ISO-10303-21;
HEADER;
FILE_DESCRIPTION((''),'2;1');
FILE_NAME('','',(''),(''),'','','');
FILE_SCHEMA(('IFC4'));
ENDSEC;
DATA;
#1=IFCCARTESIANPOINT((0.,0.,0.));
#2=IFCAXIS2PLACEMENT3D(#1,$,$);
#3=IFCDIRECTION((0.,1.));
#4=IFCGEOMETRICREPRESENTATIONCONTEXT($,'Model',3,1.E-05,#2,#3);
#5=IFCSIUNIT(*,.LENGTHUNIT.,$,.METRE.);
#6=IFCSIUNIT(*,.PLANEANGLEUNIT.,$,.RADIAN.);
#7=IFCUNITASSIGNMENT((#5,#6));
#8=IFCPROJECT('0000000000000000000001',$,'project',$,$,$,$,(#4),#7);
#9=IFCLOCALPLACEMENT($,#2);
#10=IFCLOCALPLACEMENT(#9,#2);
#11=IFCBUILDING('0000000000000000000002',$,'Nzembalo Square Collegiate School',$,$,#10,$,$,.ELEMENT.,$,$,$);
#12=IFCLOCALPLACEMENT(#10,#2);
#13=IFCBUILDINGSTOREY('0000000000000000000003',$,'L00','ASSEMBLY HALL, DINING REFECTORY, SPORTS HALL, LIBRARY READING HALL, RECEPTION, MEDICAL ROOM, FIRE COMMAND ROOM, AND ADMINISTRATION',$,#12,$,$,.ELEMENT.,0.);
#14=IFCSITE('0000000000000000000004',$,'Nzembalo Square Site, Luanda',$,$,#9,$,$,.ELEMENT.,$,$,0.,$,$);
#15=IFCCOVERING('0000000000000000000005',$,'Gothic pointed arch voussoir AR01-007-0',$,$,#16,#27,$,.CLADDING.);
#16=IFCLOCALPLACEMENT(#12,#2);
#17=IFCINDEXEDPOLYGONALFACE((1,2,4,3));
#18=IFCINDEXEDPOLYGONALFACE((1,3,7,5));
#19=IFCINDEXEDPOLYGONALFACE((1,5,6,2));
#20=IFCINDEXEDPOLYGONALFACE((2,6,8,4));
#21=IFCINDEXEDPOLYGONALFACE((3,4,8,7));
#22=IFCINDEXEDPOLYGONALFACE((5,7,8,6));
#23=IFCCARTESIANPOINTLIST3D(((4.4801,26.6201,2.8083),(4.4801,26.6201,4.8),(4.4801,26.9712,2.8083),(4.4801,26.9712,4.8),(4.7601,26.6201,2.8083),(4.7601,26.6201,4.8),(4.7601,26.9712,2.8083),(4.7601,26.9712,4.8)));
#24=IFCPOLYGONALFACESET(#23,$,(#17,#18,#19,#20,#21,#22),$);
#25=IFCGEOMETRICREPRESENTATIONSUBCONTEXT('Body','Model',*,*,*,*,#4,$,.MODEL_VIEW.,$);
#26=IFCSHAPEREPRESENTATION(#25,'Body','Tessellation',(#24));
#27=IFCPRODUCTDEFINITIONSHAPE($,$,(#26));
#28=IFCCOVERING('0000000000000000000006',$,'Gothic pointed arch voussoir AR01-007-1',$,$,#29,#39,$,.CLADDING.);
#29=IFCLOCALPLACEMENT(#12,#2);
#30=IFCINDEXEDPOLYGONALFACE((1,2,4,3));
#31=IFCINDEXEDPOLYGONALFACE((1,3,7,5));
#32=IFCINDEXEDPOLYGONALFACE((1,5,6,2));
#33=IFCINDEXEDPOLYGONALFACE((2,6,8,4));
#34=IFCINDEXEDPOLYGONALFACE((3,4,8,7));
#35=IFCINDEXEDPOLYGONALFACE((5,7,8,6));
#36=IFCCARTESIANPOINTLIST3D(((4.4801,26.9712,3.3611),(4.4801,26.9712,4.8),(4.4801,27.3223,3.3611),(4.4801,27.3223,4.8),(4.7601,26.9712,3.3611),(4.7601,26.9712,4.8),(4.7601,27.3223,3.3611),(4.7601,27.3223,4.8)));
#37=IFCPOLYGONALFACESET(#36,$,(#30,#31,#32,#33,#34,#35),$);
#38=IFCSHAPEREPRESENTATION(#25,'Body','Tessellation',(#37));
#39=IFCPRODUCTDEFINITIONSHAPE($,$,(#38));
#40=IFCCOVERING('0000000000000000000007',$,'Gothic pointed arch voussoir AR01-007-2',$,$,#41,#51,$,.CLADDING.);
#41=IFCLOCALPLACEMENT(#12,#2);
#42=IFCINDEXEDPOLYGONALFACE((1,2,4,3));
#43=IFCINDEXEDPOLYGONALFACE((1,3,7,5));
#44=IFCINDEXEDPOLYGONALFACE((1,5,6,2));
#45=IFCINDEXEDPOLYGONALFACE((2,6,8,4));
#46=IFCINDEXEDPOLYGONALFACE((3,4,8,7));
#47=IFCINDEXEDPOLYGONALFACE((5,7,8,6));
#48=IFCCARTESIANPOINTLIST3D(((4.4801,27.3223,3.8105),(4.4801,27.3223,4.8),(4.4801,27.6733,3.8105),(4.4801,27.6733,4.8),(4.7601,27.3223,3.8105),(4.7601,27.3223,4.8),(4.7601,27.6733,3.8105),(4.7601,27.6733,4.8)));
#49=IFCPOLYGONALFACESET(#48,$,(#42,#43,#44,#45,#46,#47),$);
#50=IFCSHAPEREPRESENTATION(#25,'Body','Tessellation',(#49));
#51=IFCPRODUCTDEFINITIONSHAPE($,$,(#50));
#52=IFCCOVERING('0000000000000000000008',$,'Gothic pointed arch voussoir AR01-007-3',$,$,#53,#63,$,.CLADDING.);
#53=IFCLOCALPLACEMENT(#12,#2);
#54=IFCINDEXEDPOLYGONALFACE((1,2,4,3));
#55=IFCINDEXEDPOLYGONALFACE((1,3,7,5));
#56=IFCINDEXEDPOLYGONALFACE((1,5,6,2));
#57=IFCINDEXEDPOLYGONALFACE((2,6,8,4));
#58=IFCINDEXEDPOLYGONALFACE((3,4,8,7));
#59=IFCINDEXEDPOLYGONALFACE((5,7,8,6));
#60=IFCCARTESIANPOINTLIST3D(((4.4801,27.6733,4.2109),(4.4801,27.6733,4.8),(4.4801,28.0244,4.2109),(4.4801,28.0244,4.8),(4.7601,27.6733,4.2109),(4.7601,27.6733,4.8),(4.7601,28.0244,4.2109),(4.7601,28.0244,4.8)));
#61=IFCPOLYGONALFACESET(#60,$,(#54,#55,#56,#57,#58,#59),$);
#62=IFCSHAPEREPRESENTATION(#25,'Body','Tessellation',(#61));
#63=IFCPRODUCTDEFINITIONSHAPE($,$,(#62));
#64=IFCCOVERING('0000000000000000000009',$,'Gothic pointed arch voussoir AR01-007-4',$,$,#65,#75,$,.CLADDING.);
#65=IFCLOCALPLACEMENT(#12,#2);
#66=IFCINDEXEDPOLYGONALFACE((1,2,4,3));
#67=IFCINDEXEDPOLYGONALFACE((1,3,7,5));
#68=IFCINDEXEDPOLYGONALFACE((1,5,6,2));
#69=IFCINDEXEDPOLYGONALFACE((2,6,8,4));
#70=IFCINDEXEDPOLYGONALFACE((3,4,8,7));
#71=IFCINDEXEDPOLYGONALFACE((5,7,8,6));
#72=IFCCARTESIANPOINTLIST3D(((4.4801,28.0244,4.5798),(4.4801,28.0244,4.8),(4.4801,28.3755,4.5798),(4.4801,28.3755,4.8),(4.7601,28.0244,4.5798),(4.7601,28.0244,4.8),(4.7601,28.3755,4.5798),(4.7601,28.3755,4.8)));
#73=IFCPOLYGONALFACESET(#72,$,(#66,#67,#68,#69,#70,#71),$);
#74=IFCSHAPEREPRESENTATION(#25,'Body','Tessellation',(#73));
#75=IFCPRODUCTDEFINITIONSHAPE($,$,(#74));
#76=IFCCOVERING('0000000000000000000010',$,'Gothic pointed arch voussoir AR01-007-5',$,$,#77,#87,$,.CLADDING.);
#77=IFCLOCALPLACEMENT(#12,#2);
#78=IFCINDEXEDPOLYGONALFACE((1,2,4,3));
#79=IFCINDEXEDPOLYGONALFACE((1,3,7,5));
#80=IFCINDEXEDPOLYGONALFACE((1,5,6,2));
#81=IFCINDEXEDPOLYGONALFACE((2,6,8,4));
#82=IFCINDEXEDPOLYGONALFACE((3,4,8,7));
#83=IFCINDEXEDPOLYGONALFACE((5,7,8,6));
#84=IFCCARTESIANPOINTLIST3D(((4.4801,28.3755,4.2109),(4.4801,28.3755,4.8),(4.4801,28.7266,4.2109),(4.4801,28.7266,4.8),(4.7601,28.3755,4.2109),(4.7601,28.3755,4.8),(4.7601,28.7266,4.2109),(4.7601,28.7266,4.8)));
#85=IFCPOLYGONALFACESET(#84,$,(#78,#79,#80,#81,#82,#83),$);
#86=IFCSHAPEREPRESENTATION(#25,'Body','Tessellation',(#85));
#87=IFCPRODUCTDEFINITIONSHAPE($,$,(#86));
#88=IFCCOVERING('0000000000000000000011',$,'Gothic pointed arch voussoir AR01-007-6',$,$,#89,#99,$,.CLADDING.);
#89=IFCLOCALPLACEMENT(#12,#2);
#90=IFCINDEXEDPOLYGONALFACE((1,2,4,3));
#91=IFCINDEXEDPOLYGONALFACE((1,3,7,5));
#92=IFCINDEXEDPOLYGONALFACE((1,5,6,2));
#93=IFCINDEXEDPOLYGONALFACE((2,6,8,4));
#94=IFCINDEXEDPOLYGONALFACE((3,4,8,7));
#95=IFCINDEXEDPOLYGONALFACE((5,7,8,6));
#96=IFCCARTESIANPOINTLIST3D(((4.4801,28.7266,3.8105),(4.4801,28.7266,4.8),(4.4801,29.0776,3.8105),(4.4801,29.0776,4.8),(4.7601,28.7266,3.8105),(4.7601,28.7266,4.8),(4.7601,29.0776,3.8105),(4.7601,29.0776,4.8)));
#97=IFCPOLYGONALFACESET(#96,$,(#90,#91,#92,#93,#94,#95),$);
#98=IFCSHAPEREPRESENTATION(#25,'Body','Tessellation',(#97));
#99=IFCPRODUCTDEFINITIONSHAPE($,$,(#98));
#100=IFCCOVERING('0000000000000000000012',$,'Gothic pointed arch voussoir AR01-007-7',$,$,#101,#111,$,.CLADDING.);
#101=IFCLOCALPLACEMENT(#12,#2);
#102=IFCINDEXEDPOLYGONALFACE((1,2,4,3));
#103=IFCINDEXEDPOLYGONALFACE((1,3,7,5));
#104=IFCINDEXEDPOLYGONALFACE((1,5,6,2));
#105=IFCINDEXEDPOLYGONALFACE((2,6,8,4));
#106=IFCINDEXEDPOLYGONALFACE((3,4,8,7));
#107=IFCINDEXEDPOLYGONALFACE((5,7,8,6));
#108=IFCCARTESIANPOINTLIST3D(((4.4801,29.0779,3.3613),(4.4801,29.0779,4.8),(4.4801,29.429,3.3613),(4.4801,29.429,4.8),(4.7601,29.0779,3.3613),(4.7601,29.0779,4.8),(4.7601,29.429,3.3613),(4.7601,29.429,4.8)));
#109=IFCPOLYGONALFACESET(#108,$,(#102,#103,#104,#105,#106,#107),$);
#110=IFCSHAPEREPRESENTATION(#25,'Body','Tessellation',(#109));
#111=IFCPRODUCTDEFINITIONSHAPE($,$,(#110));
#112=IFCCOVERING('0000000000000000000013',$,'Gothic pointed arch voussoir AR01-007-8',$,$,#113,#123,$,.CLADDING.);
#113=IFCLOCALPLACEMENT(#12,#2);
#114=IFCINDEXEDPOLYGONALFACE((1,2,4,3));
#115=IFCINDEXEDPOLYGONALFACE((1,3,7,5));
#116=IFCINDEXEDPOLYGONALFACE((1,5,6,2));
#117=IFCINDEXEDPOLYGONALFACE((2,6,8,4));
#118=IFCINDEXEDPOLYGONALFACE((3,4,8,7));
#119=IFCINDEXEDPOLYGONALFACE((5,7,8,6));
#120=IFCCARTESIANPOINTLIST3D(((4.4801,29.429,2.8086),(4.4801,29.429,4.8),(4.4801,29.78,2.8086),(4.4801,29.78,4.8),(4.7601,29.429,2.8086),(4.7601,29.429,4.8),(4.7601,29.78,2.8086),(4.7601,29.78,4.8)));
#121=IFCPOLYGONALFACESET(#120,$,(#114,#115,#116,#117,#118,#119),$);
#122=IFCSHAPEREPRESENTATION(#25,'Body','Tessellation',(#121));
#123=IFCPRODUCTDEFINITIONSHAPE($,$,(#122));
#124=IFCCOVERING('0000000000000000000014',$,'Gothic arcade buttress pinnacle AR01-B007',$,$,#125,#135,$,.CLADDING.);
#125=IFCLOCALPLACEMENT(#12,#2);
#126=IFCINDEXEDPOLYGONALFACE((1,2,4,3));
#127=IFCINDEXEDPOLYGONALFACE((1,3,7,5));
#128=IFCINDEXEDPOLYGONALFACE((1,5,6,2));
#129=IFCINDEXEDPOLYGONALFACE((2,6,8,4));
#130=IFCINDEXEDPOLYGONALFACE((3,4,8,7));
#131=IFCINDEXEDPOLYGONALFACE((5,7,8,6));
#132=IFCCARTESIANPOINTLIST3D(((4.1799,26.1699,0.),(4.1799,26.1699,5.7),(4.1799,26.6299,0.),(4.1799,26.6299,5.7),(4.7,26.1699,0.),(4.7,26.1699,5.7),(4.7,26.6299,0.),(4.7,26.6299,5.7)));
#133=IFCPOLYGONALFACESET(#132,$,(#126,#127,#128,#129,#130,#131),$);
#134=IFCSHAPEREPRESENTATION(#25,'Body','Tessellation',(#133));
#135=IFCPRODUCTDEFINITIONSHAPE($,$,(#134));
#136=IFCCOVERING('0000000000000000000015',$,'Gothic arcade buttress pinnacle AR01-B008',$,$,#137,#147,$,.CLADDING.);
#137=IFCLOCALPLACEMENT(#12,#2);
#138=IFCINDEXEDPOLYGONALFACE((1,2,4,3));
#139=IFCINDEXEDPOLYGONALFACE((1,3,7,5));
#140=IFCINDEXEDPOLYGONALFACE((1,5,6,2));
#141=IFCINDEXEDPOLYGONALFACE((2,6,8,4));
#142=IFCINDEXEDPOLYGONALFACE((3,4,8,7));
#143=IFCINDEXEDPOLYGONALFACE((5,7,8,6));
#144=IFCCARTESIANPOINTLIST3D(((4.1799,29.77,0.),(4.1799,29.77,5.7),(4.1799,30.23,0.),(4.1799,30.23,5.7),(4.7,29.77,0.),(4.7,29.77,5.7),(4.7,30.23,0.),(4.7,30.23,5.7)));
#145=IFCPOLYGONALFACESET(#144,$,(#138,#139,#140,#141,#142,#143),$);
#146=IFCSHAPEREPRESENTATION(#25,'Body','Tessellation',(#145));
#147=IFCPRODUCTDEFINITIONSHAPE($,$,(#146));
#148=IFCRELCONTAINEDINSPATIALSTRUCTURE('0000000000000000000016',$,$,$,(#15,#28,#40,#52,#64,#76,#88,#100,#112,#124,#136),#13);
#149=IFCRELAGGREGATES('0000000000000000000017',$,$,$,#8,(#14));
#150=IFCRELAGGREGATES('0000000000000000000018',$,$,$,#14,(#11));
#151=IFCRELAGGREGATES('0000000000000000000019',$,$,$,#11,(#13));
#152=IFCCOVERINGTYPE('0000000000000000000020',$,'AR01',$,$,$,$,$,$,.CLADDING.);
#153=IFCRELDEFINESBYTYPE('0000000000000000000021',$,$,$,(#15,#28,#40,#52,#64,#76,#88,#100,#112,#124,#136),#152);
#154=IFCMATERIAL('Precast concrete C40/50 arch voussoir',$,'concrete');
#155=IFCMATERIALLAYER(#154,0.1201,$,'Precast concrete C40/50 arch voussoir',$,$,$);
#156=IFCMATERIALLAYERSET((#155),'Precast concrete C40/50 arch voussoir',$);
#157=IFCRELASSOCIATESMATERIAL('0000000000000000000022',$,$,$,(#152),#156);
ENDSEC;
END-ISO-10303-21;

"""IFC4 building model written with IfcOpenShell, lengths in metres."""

from ifc_helpers import new_model, si_unit, direction, frame, origin, origin_2d, place, context, subcontext, project, spatial, rectangle, extrude, material, layer, layer_set, type_object, element, save


model = new_model("IFC4")

# Units and contexts
model_context = context("Model", 3, precision=1e-05, world=origin(), true_north=direction((0.0, 1.0)))
body_context = subcontext(model_context, "Body", "Model", "MODEL_VIEW")
ifc_project = project(units=[si_unit("LENGTHUNIT", "METRE"), si_unit("PLANEANGLEUNIT", "RADIAN")], contexts=[model_context])

# Site, building, storey
site_placement = place(None, origin())
site = spatial("IfcSite", under=ifc_project, at=site_placement, Name="Nzembalo Square Site, Luanda", CompositionType="ELEMENT", RefElevation=0.0)
building_placement = place(site_placement, origin())
building = spatial("IfcBuilding", under=site, at=building_placement, Name="Nzembalo Square Collegiate School", CompositionType="ELEMENT")
storey_placement = place(building_placement, origin())
storey = spatial("IfcBuildingStorey", under=building, at=storey_placement, Name="L00", Description="ASSEMBLY HALL, DINING REFECTORY, SPORTS HALL, LIBRARY READING HALL, RECEPTION, MEDICAL ROOM, FIRE COMMAND ROOM, AND ADMINISTRATION", CompositionType="ELEMENT", Elevation=0.0)

# Coverings
ifc_material_1 = material(Name="Precast concrete C40/50 arch voussoir", Category="concrete")
ifc_layer_1 = layer(ifc_material_1, 0.1201, Name="Precast concrete C40/50 arch voussoir")
ifc_layer_set_1 = layer_set([ifc_layer_1], Name="Precast concrete C40/50 arch voussoir")
covering_type = type_object("IfcCoveringType", Name="AR01", PredefinedType="CLADDING", material=ifc_layer_set_1)
covering_1_placement = place(storey_placement, frame((4.6201, 26.7957, 2.8083), z_axis=(0.0, 0.0, 1.0), x_axis=(1.0, 0.0, 0.0)))
element("IfcCovering", 1, at=covering_1_placement, inside=storey, type_object=covering_type, Name="Gothic pointed arch voussoir AR01-007-0", PredefinedType="CLADDING", context=body_context, shape_type="SweptSolid", body=[
    extrude(rectangle(XDim=0.28, YDim=0.3511, at=origin_2d()), origin(), (0.0, 0.0, 1.0), 1.9917),
])
covering_2_placement = place(storey_placement, frame((4.6201, 27.1467, 3.3611), z_axis=(0.0, 0.0, 1.0), x_axis=(1.0, 0.0, 0.0)))
element("IfcCovering", 2, at=covering_2_placement, inside=storey, type_object=covering_type, Name="Gothic pointed arch voussoir AR01-007-1", PredefinedType="CLADDING", context=body_context, shape_type="SweptSolid", body=[
    extrude(rectangle(XDim=0.28, YDim=0.3511, at=origin_2d()), origin(), (0.0, 0.0, 1.0), 1.439),
])
covering_3_placement = place(storey_placement, frame((4.6201, 27.4978, 3.8105), z_axis=(0.0, 0.0, 1.0), x_axis=(1.0, 0.0, 0.0)))
element("IfcCovering", 3, at=covering_3_placement, inside=storey, type_object=covering_type, Name="Gothic pointed arch voussoir AR01-007-2", PredefinedType="CLADDING", context=body_context, shape_type="SweptSolid", body=[
    extrude(rectangle(XDim=0.28, YDim=0.3511, at=origin_2d()), origin(), (0.0, 0.0, 1.0), 0.9895),
])
covering_4_placement = place(storey_placement, frame((4.6201, 27.8489, 4.2109), z_axis=(0.0, 0.0, 1.0), x_axis=(1.0, 0.0, 0.0)))
element("IfcCovering", 4, at=covering_4_placement, inside=storey, type_object=covering_type, Name="Gothic pointed arch voussoir AR01-007-3", PredefinedType="CLADDING", context=body_context, shape_type="SweptSolid", body=[
    extrude(rectangle(XDim=0.28, YDim=0.3511, at=origin_2d()), origin(), (0.0, 0.0, 1.0), 0.5891),
])
covering_5_placement = place(storey_placement, frame((4.6201, 28.2, 4.5798), z_axis=(0.0, 0.0, 1.0), x_axis=(1.0, 0.0, 0.0)))
element("IfcCovering", 5, at=covering_5_placement, inside=storey, type_object=covering_type, Name="Gothic pointed arch voussoir AR01-007-4", PredefinedType="CLADDING", context=body_context, shape_type="SweptSolid", body=[
    extrude(rectangle(XDim=0.28, YDim=0.3511, at=origin_2d()), origin(), (0.0, 0.0, 1.0), 0.2202),
])
covering_6_placement = place(storey_placement, frame((4.6201, 28.551, 4.2109), z_axis=(0.0, 0.0, 1.0), x_axis=(1.0, 0.0, 0.0)))
element("IfcCovering", 6, at=covering_6_placement, inside=storey, type_object=covering_type, Name="Gothic pointed arch voussoir AR01-007-5", PredefinedType="CLADDING", context=body_context, shape_type="SweptSolid", body=[
    extrude(rectangle(XDim=0.28, YDim=0.3511, at=origin_2d()), origin(), (0.0, 0.0, 1.0), 0.5891),
])
covering_7_placement = place(storey_placement, frame((4.6201, 28.9021, 3.8105), z_axis=(0.0, 0.0, 1.0), x_axis=(1.0, 0.0, 0.0)))
element("IfcCovering", 7, at=covering_7_placement, inside=storey, type_object=covering_type, Name="Gothic pointed arch voussoir AR01-007-6", PredefinedType="CLADDING", context=body_context, shape_type="SweptSolid", body=[
    extrude(rectangle(XDim=0.28, YDim=0.3511, at=origin_2d()), origin(), (0.0, 0.0, 1.0), 0.9895),
])
covering_8_placement = place(storey_placement, frame((4.6201, 29.2534, 3.3613), z_axis=(0.0, 0.0, 1.0), x_axis=(1.0, 0.0, 0.0)))
element("IfcCovering", 8, at=covering_8_placement, inside=storey, type_object=covering_type, Name="Gothic pointed arch voussoir AR01-007-7", PredefinedType="CLADDING", context=body_context, shape_type="SweptSolid", body=[
    extrude(rectangle(XDim=0.28, YDim=0.3511, at=origin_2d()), origin(), (0.0, 0.0, 1.0), 1.4387),
])
covering_9_placement = place(storey_placement, frame((4.6201, 29.6045, 2.8086), z_axis=(0.0, 0.0, 1.0), x_axis=(1.0, 0.0, 0.0)))
element("IfcCovering", 9, at=covering_9_placement, inside=storey, type_object=covering_type, Name="Gothic pointed arch voussoir AR01-007-8", PredefinedType="CLADDING", context=body_context, shape_type="SweptSolid", body=[
    extrude(rectangle(XDim=0.28, YDim=0.3511, at=origin_2d()), origin(), (0.0, 0.0, 1.0), 1.9915),
])
for number, where, z_axis, x_axis, name in (
    (10, (4.4399, 26.3999, 0.0), (0.0, 0.0, 1.0), (1.0, 0.0, 0.0), "Gothic arcade buttress pinnacle AR01-B007"),
    (11, (4.4399, 30.0, 0.0), (0.0, 0.0, 1.0), (1.0, 0.0, 0.0), "Gothic arcade buttress pinnacle AR01-B008"),
):
    element("IfcCovering", number, at=place(storey_placement, frame(where, z_axis=z_axis, x_axis=x_axis)), inside=storey, type_object=covering_type, Name=name, PredefinedType="CLADDING", context=body_context, shape_type="SweptSolid", body=[
        extrude(rectangle(XDim=0.52, YDim=0.46, at=origin_2d()), origin(), (0.0, 0.0, 1.0), 5.7),
    ])

save(model, "model.ifc")
